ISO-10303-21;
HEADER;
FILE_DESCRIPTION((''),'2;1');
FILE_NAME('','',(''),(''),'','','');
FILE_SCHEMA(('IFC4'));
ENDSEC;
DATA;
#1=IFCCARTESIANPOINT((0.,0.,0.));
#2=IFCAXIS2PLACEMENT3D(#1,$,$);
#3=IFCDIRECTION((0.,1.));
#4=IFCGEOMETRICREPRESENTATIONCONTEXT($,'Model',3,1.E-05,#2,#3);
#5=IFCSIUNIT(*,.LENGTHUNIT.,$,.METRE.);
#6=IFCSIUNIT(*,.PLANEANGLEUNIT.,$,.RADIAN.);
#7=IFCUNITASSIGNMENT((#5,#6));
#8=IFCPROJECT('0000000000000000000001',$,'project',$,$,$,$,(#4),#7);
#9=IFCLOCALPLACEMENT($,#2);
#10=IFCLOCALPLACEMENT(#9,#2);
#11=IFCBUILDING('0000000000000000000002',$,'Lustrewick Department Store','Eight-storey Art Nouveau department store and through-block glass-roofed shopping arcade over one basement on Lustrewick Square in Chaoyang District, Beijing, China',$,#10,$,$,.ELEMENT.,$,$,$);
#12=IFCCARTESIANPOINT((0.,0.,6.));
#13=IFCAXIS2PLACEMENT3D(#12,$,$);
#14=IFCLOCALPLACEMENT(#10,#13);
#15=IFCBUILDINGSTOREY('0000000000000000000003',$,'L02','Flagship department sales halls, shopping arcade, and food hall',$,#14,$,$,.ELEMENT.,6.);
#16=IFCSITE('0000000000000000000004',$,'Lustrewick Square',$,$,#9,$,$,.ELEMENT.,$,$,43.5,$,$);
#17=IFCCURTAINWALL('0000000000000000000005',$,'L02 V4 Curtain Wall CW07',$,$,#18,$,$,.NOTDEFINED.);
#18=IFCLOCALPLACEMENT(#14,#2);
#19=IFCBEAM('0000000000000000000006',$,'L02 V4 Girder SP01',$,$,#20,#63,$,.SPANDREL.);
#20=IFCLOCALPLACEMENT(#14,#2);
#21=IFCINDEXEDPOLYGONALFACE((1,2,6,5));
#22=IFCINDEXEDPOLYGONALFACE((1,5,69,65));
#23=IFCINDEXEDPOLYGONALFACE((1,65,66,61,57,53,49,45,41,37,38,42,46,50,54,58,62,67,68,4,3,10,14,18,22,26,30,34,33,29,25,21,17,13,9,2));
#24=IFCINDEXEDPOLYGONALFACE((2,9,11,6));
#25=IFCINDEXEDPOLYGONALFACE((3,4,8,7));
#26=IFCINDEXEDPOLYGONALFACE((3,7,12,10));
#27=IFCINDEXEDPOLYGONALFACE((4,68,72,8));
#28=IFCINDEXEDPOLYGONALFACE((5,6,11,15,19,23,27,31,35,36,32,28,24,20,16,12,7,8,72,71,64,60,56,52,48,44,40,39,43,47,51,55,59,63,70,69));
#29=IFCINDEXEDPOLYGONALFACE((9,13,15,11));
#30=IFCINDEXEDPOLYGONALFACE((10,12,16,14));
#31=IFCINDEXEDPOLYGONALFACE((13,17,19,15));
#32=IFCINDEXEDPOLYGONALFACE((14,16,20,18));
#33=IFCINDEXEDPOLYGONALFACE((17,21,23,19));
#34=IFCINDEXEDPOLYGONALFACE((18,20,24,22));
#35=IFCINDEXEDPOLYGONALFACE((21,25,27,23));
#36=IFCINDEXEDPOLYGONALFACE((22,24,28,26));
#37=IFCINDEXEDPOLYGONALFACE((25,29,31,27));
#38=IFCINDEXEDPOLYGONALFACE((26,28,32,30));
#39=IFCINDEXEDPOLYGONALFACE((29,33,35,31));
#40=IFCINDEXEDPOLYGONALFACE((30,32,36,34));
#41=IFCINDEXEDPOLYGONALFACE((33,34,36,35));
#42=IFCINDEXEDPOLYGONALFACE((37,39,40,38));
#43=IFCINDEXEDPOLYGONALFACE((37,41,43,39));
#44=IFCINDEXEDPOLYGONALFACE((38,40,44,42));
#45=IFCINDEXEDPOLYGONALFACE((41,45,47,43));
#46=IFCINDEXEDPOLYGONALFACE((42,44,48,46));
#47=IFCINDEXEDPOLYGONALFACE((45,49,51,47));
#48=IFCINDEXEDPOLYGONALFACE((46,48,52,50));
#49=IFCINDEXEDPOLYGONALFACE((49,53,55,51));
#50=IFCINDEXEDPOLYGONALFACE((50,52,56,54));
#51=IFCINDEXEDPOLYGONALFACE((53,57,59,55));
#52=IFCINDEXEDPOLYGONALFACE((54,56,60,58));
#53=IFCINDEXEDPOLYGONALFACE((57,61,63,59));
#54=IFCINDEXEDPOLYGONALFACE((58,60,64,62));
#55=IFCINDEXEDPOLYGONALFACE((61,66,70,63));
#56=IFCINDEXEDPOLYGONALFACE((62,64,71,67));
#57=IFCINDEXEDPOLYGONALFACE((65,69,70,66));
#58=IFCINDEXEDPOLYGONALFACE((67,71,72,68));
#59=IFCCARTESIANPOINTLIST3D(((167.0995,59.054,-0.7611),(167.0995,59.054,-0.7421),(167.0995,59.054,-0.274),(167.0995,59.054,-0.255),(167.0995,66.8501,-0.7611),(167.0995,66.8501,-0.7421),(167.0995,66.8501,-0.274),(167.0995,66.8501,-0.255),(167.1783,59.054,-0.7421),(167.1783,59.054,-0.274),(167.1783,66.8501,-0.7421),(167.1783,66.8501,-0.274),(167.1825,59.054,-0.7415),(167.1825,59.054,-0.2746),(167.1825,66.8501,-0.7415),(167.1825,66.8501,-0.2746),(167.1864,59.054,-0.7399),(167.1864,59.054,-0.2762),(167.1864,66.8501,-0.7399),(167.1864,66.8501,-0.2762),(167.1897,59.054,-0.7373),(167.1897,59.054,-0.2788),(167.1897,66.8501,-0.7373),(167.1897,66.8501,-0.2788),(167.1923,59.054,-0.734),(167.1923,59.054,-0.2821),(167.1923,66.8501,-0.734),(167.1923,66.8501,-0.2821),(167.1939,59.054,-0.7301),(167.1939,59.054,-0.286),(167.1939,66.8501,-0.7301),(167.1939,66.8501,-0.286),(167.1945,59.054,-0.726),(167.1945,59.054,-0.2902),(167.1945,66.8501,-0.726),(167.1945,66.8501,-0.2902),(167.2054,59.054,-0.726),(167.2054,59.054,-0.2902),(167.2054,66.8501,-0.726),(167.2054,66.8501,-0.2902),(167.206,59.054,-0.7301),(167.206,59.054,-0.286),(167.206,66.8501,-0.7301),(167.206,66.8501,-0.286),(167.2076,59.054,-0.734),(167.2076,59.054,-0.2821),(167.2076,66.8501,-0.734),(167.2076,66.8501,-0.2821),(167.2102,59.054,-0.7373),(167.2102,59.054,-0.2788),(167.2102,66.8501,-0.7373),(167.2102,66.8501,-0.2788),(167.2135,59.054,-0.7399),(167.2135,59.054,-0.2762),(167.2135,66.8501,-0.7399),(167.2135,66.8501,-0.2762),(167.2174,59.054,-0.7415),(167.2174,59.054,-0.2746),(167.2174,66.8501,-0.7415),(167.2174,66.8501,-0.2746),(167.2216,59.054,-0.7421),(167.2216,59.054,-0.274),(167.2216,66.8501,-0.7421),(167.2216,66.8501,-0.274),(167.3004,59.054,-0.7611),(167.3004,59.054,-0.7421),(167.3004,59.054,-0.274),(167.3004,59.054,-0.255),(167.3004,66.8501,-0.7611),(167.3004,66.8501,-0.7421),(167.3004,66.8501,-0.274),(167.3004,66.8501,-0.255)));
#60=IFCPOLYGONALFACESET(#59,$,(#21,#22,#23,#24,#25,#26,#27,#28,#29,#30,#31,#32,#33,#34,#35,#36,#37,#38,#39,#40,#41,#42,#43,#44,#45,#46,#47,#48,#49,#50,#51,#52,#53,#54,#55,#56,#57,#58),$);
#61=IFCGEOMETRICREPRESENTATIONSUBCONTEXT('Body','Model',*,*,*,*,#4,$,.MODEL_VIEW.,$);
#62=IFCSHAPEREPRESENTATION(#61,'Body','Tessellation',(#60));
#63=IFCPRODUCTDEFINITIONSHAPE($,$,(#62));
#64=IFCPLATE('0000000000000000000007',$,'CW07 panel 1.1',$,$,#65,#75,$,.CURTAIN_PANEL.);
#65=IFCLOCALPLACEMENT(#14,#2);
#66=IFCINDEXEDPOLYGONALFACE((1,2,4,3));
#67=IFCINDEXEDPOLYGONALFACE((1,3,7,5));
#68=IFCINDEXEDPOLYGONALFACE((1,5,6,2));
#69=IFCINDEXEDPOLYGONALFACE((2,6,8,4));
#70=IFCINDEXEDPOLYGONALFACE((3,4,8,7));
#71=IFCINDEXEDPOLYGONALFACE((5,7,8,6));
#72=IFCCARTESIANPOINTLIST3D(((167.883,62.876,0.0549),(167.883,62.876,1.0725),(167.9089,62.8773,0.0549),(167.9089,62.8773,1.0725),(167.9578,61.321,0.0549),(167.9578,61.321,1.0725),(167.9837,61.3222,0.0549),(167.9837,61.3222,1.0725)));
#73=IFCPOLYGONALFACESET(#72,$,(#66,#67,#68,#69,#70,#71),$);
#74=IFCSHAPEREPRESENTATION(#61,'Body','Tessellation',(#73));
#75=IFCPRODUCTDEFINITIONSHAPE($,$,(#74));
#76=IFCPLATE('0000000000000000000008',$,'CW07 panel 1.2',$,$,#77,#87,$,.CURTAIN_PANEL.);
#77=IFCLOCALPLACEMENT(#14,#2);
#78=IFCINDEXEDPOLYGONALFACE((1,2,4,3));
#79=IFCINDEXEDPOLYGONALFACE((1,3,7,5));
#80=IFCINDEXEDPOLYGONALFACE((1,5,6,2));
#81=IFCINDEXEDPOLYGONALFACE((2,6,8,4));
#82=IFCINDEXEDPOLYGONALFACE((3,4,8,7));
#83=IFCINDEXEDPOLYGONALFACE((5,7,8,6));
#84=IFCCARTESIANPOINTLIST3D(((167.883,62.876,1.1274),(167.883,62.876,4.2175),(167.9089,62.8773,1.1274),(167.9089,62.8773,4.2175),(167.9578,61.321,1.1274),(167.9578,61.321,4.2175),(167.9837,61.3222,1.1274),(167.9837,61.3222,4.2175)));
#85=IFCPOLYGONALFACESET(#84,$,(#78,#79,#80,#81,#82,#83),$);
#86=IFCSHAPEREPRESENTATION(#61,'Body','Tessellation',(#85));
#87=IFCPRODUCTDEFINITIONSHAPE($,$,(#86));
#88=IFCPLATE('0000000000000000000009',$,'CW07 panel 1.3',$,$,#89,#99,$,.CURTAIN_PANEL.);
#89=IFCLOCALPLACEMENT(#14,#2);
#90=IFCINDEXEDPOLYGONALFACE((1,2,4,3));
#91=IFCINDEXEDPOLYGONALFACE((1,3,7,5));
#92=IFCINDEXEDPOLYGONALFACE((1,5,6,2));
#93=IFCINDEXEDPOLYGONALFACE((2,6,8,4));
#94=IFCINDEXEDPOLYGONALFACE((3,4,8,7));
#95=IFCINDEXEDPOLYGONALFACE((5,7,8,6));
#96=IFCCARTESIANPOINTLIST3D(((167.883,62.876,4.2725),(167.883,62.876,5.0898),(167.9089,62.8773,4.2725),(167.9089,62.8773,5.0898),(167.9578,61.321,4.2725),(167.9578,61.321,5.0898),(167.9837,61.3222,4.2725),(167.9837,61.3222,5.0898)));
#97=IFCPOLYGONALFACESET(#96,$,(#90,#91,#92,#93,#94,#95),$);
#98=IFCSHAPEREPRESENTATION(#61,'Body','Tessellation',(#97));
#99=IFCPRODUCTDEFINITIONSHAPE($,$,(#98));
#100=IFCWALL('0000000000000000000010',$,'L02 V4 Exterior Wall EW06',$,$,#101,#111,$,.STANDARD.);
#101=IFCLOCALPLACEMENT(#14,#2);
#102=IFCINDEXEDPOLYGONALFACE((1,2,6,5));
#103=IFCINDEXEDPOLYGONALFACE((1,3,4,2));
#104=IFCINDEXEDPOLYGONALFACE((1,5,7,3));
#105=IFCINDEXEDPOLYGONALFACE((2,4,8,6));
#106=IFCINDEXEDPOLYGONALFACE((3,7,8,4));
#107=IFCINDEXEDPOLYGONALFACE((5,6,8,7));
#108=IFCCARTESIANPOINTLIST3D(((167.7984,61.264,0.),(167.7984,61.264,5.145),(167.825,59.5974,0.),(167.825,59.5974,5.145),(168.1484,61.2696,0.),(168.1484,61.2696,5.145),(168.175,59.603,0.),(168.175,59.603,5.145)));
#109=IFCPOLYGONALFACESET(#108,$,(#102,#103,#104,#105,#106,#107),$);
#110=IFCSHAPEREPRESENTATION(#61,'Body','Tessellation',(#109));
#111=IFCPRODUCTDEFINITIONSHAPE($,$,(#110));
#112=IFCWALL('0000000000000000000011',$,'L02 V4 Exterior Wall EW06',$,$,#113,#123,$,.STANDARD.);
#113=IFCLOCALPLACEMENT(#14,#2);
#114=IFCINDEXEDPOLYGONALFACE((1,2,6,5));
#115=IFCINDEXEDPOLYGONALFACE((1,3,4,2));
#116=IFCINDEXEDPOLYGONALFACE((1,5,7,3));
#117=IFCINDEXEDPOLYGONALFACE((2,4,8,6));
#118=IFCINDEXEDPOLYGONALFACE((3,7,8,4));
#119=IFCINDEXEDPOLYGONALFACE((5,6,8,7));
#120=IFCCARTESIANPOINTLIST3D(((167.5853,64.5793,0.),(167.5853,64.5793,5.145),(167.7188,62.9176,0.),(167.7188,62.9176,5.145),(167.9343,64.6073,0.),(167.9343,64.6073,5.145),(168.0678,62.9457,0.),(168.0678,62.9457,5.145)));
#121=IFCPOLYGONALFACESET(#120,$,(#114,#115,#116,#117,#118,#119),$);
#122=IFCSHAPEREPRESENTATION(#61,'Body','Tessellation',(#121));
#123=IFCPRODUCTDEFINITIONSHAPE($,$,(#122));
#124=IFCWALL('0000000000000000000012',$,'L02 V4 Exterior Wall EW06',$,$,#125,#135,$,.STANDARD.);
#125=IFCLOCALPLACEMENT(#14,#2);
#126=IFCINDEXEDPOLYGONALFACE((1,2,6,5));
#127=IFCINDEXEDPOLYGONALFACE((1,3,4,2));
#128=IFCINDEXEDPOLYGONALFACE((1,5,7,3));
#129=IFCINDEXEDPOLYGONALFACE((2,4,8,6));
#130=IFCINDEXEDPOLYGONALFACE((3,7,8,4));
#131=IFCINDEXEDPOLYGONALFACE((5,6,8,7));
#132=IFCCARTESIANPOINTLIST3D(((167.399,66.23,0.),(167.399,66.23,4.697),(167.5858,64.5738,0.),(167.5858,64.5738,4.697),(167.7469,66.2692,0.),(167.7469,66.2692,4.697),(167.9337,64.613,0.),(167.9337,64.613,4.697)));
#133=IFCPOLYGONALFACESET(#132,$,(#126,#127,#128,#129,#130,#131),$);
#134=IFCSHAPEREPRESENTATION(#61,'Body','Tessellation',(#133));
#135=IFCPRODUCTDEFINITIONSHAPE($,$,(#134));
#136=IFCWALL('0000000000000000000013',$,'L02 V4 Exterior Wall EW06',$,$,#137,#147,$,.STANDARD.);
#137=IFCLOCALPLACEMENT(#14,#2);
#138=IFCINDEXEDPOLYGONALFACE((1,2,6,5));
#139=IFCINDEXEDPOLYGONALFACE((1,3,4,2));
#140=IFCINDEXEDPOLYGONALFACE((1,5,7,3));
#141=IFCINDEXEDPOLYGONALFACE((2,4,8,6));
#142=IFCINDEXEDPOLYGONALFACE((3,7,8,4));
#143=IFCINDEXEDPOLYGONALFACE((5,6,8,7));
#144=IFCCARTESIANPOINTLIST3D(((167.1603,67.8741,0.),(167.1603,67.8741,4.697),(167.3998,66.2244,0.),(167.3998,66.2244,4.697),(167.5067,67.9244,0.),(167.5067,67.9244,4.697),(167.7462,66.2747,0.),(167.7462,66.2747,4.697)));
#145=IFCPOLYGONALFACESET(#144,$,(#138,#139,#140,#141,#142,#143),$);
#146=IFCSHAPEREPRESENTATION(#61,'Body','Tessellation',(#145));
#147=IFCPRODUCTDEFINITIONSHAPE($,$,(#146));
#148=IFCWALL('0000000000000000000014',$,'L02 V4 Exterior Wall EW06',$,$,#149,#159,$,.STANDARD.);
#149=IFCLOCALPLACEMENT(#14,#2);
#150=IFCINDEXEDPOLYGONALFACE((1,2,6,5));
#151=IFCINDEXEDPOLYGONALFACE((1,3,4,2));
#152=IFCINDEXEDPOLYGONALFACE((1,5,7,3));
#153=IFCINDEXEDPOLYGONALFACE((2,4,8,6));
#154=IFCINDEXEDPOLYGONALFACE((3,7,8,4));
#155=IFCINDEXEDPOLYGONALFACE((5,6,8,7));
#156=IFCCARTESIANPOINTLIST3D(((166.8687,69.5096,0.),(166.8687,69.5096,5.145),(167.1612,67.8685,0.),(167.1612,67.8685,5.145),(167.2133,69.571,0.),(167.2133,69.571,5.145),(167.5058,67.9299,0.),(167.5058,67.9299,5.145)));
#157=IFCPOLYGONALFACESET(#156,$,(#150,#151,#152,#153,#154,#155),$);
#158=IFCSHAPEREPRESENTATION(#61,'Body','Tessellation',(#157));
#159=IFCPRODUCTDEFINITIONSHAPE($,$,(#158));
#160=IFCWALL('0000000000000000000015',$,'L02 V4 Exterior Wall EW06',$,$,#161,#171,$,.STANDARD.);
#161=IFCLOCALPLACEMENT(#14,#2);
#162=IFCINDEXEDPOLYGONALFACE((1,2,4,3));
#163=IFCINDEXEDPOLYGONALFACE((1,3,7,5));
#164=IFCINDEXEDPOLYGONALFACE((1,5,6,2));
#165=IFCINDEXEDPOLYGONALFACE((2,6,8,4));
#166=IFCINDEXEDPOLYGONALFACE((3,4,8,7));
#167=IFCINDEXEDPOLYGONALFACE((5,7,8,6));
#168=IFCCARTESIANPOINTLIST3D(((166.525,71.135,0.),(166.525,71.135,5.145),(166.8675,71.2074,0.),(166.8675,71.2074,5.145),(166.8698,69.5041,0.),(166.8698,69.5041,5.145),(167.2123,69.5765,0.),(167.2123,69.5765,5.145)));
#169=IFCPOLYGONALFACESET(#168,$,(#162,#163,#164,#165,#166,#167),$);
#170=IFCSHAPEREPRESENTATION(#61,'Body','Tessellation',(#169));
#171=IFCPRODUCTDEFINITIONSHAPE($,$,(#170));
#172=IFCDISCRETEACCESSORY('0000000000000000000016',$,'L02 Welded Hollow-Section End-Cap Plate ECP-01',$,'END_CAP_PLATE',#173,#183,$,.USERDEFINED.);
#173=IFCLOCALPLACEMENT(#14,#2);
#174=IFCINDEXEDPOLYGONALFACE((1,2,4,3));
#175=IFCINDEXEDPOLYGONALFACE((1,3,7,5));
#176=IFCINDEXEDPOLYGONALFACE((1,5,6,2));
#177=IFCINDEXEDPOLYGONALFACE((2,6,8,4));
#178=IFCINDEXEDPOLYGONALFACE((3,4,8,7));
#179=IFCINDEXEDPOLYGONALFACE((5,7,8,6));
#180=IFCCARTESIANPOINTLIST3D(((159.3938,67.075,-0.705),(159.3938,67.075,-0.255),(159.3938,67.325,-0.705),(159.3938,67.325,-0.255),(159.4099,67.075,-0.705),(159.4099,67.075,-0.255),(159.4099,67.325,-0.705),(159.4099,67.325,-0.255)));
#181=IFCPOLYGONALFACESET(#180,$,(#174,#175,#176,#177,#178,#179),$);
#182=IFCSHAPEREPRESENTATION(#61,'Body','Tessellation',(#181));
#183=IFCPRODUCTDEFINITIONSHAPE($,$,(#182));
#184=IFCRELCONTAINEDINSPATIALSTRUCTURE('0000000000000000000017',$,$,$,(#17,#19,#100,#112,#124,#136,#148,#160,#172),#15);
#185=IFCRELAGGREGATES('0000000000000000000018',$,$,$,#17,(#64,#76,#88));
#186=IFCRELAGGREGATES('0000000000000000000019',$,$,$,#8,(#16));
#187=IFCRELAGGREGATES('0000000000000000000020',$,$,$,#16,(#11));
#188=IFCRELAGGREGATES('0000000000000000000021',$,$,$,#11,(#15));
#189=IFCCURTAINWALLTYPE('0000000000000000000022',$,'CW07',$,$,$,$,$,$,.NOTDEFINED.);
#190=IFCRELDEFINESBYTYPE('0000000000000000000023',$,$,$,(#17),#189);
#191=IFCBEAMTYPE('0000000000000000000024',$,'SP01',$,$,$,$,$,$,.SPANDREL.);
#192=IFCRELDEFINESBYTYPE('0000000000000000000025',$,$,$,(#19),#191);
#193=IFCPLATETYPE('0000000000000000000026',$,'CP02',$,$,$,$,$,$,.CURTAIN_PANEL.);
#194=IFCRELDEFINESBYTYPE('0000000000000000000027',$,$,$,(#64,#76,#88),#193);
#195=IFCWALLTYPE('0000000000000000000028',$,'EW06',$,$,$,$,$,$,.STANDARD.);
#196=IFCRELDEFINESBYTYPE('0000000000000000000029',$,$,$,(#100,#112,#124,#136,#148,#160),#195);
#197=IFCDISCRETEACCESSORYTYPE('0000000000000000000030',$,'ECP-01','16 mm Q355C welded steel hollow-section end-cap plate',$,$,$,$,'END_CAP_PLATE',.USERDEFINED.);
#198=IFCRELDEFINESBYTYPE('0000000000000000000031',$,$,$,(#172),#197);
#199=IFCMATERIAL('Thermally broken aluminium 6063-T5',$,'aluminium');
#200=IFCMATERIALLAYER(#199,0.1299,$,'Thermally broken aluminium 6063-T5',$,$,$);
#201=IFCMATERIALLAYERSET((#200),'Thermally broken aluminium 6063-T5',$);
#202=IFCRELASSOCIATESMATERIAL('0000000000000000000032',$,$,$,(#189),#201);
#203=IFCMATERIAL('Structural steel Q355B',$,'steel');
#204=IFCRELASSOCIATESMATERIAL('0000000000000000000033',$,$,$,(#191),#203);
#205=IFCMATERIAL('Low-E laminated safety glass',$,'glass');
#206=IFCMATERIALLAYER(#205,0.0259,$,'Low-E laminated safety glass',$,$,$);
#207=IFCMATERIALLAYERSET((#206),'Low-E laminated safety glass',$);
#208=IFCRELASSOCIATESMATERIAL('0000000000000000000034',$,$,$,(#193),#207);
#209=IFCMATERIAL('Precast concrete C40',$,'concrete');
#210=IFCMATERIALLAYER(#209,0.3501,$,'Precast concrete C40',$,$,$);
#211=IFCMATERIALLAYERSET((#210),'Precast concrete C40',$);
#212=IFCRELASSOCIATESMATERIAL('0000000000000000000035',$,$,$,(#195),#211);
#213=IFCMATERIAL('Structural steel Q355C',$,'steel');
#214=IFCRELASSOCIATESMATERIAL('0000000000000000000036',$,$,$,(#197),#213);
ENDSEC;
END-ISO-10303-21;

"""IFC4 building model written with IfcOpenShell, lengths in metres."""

from ifc_helpers import new_model, si_unit, direction, frame, frame_2d, origin, origin_2d, place, context, subcontext, project, spatial, rectangle, i_section, extrude, material, layer, layer_set, material_profile, profile_set, type_object, element, aggregate, save


model = new_model("IFC4")

# Units and contexts
model_context = context("Model", 3, precision=1e-05, world=origin(), true_north=direction((0.0, 1.0)))
body_context = subcontext(model_context, "Body", "Model", "MODEL_VIEW")
ifc_project = project(units=[si_unit("LENGTHUNIT", "METRE"), si_unit("PLANEANGLEUNIT", "RADIAN")], contexts=[model_context])

# Site, building, storey
site_placement = place(None, origin())
site = spatial("IfcSite", under=ifc_project, at=site_placement, Name="Lustrewick Square", CompositionType="ELEMENT", RefElevation=43.5)
building_placement = place(site_placement, origin())
building = spatial("IfcBuilding", under=site, at=building_placement, Name="Lustrewick Department Store", Description="Eight-storey Art Nouveau department store and through-block glass-roofed shopping arcade over one basement on Lustrewick Square in Chaoyang District, Beijing, China", CompositionType="ELEMENT")
storey_placement = place(building_placement, frame((0.0, 0.0, 6.0)))
storey = spatial("IfcBuildingStorey", under=building, at=storey_placement, Name="L02", Description="Flagship department sales halls, shopping arcade, and food hall", CompositionType="ELEMENT", Elevation=6.0)

# Shared definitions
ifc_material_1 = material(Name="Structural steel Q355C", Category="steel")

# Shared definitions
ifc_material_2 = material(Name="Structural steel Q355B", Category="steel")

# Curtain wall
ifc_material_3 = material(Name="Thermally broken aluminium 6063-T5", Category="aluminium")
ifc_layer_1 = layer(ifc_material_3, 0.1299, Name="Thermally broken aluminium 6063-T5")
ifc_layer_set_1 = layer_set([ifc_layer_1], Name="Thermally broken aluminium 6063-T5")
curtain_wall_type_1 = type_object("IfcCurtainWallType", Name="CW07", PredefinedType="NOTDEFINED", material=ifc_layer_set_1)
curtain_wall_1_placement = place(storey_placement, origin())
curtain_wall_1 = element("IfcCurtainWall", 1, at=curtain_wall_1_placement, inside=storey, type_object=curtain_wall_type_1, Name="L02 V4 Curtain Wall CW07", PredefinedType="NOTDEFINED")

# Beam
ifc_material_profile_1 = material_profile(ifc_material_2, i_section(OverallWidth=0.2009, OverallDepth=0.5061, WebThickness=0.011, FlangeThickness=0.019, FilletRadius=0.0161, at=origin_2d()), Name="HN 506x201x11x19")
ifc_profile_set_1 = profile_set([ifc_material_profile_1], Name="Structural steel Q355B")
beam_type_1 = type_object("IfcBeamType", Name="SP01", PredefinedType="SPANDREL", material=ifc_profile_set_1)
beam_1_placement = place(storey_placement, frame((167.2, 59.054, -0.5081), z_axis=(0.0, 1.0, 0.0), x_axis=(-1.0, 0.0, 0.0)))
element("IfcBeam", 2, at=beam_1_placement, inside=storey, type_object=beam_type_1, Name="L02 V4 Girder SP01", PredefinedType="SPANDREL", context=body_context, shape_type="SweptSolid", body=[
    extrude(i_section(OverallWidth=0.2009, OverallDepth=0.5061, WebThickness=0.011, FlangeThickness=0.019, FilletRadius=0.0161, at=origin_2d()), origin(), (0.0, 0.0, 1.0), 7.7961),
])

# Plates
ifc_material_4 = material(Name="Low-E laminated safety glass", Category="glass")
ifc_layer_2 = layer(ifc_material_4, 0.0259, Name="Low-E laminated safety glass")
ifc_layer_set_2 = layer_set([ifc_layer_2], Name="Low-E laminated safety glass")
plate_type = type_object("IfcPlateType", Name="CP02", PredefinedType="CURTAIN_PANEL", material=ifc_layer_set_2)
plate_1_placement = place(storey_placement, frame((167.9333, 62.0991, 0.0549), z_axis=(0.0, 0.0, 1.0), x_axis=(-0.048053, 0.998845, 0.0)))
plate_1 = element("IfcPlate", 3, at=plate_1_placement, type_object=plate_type, Name="CW07 panel 1.1", PredefinedType="CURTAIN_PANEL", context=body_context, shape_type="SweptSolid", body=[
    extrude(rectangle(XDim=1.5569, YDim=0.0259, at=origin_2d()), origin(), (0.0, 0.0, 1.0), 1.0176),
])
plate_2_placement = place(storey_placement, frame((167.9333, 62.0991, 1.1274), z_axis=(0.0, 0.0, 1.0), x_axis=(-0.048053, 0.998845, 0.0)))
plate_2 = element("IfcPlate", 4, at=plate_2_placement, type_object=plate_type, Name="CW07 panel 1.2", PredefinedType="CURTAIN_PANEL", context=body_context, shape_type="SweptSolid", body=[
    extrude(rectangle(XDim=1.5569, YDim=0.0259, at=origin_2d()), origin(), (0.0, 0.0, 1.0), 3.0901),
])
plate_3_placement = place(storey_placement, frame((167.9333, 62.0991, 4.2725), z_axis=(0.0, 0.0, 1.0), x_axis=(-0.048053, 0.998845, 0.0)))
plate_3 = element("IfcPlate", 5, at=plate_3_placement, type_object=plate_type, Name="CW07 panel 1.3", PredefinedType="CURTAIN_PANEL", context=body_context, shape_type="SweptSolid", body=[
    extrude(rectangle(XDim=1.5569, YDim=0.0259, at=origin_2d()), origin(), (0.0, 0.0, 1.0), 0.8174),
])
aggregate(curtain_wall_1, [plate_1, plate_2, plate_3])

# Walls
ifc_material_5 = material(Name="Precast concrete C40", Category="concrete")
ifc_layer_3 = layer(ifc_material_5, 0.3501, Name="Precast concrete C40")
ifc_layer_set_3 = layer_set([ifc_layer_3], Name="Precast concrete C40")
wall_type = type_object("IfcWallType", Name="EW06", PredefinedType="STANDARD", material=ifc_layer_set_3)
wall_1_placement = place(storey_placement, frame((168.0, 59.6001, 0.0), z_axis=(0.0, 0.0, 1.0), x_axis=(-0.015966, 0.999873, 0.0)))
element("IfcWall", 6, at=wall_1_placement, inside=storey, type_object=wall_type, Name="L02 V4 Exterior Wall EW06", PredefinedType="STANDARD", context=body_context, shape_type="SweptSolid", body=[
    extrude(rectangle(XDim=1.6667, YDim=0.3501, at=frame_2d((0.8335, 0.0))), origin(), (0.0, 0.0, 1.0), 5.145),
])
wall_2_placement = place(storey_placement, frame((167.8933, 62.9316, 0.0), z_axis=(0.0, 0.0, 1.0), x_axis=(-0.080112, 0.996786, 0.0)))
element("IfcWall", 7, at=wall_2_placement, inside=storey, type_object=wall_type, Name="L02 V4 Exterior Wall EW06", PredefinedType="STANDARD", context=body_context, shape_type="SweptSolid", body=[
    extrude(rectangle(XDim=1.667, YDim=0.3501, at=frame_2d((0.8335, 0.0))), origin(), (0.0, 0.0, 1.0), 5.145),
])
wall_3_placement = place(storey_placement, frame((167.7598, 64.5933, 0.0), z_axis=(0.0, 0.0, 1.0), x_axis=(-0.112055, 0.993702, 0.0)))
element("IfcWall", 8, at=wall_3_placement, inside=storey, type_object=wall_type, Name="L02 V4 Exterior Wall EW06", PredefinedType="STANDARD", context=body_context, shape_type="SweptSolid", body=[
    extrude(rectangle(XDim=1.6667, YDim=0.3501, at=frame_2d((0.8335, 0.0))), origin(), (0.0, 0.0, 1.0), 4.697),
])
wall_4_placement = place(storey_placement, frame((167.573, 66.2495, 0.0), z_axis=(0.0, 0.0, 1.0), x_axis=(-0.143676, 0.989625, 0.0)))
element("IfcWall", 9, at=wall_4_placement, inside=storey, type_object=wall_type, Name="L02 V4 Exterior Wall EW06", PredefinedType="STANDARD", context=body_context, shape_type="SweptSolid", body=[
    extrude(rectangle(XDim=1.667, YDim=0.3501, at=frame_2d((0.8335, 0.0))), origin(), (0.0, 0.0, 1.0), 4.697),
])
for number, where, z_axis, x_axis, name in (
    (10, (167.3335, 67.8992, 0.0), (0.0, 0.0, 1.0), (-0.175456, 0.984487, 0.0), "L02 V4 Exterior Wall EW06"),
    (11, (167.041, 69.5403, 0.0), (0.0, 0.0, 1.0), (-0.206808, 0.978382, 0.0), "L02 V4 Exterior Wall EW06"),
):
    element("IfcWall", number, at=place(storey_placement, frame(where, z_axis=z_axis, x_axis=x_axis)), inside=storey, type_object=wall_type, Name=name, PredefinedType="STANDARD", context=body_context, shape_type="SweptSolid", body=[
        extrude(rectangle(XDim=1.667, YDim=0.3501, at=frame_2d((0.8335, 0.0))), origin(), (0.0, 0.0, 1.0), 5.145),
    ])

# Discrete accessory
discrete_accessory_type = type_object("IfcDiscreteAccessoryType", Name="ECP-01", Description="16 mm Q355C welded steel hollow-section end-cap plate", ElementType="END_CAP_PLATE", PredefinedType="USERDEFINED", material=ifc_material_1)
discrete_accessory_placement = place(storey_placement, frame((159.3938, 67.2, -0.48), z_axis=(1.0, 0.0, 0.0), x_axis=(0.0, 1.0, 0.0)))
element("IfcDiscreteAccessory", 12, at=discrete_accessory_placement, inside=storey, type_object=discrete_accessory_type, Name="L02 Welded Hollow-Section End-Cap Plate ECP-01", ObjectType="END_CAP_PLATE", PredefinedType="USERDEFINED", context=body_context, shape_type="SweptSolid", body=[
    extrude(rectangle(XDim=0.25, YDim=0.45, at=origin_2d()), origin(), (0.0, 0.0, 1.0), 0.0161),
])

save(model, "model.ifc")
